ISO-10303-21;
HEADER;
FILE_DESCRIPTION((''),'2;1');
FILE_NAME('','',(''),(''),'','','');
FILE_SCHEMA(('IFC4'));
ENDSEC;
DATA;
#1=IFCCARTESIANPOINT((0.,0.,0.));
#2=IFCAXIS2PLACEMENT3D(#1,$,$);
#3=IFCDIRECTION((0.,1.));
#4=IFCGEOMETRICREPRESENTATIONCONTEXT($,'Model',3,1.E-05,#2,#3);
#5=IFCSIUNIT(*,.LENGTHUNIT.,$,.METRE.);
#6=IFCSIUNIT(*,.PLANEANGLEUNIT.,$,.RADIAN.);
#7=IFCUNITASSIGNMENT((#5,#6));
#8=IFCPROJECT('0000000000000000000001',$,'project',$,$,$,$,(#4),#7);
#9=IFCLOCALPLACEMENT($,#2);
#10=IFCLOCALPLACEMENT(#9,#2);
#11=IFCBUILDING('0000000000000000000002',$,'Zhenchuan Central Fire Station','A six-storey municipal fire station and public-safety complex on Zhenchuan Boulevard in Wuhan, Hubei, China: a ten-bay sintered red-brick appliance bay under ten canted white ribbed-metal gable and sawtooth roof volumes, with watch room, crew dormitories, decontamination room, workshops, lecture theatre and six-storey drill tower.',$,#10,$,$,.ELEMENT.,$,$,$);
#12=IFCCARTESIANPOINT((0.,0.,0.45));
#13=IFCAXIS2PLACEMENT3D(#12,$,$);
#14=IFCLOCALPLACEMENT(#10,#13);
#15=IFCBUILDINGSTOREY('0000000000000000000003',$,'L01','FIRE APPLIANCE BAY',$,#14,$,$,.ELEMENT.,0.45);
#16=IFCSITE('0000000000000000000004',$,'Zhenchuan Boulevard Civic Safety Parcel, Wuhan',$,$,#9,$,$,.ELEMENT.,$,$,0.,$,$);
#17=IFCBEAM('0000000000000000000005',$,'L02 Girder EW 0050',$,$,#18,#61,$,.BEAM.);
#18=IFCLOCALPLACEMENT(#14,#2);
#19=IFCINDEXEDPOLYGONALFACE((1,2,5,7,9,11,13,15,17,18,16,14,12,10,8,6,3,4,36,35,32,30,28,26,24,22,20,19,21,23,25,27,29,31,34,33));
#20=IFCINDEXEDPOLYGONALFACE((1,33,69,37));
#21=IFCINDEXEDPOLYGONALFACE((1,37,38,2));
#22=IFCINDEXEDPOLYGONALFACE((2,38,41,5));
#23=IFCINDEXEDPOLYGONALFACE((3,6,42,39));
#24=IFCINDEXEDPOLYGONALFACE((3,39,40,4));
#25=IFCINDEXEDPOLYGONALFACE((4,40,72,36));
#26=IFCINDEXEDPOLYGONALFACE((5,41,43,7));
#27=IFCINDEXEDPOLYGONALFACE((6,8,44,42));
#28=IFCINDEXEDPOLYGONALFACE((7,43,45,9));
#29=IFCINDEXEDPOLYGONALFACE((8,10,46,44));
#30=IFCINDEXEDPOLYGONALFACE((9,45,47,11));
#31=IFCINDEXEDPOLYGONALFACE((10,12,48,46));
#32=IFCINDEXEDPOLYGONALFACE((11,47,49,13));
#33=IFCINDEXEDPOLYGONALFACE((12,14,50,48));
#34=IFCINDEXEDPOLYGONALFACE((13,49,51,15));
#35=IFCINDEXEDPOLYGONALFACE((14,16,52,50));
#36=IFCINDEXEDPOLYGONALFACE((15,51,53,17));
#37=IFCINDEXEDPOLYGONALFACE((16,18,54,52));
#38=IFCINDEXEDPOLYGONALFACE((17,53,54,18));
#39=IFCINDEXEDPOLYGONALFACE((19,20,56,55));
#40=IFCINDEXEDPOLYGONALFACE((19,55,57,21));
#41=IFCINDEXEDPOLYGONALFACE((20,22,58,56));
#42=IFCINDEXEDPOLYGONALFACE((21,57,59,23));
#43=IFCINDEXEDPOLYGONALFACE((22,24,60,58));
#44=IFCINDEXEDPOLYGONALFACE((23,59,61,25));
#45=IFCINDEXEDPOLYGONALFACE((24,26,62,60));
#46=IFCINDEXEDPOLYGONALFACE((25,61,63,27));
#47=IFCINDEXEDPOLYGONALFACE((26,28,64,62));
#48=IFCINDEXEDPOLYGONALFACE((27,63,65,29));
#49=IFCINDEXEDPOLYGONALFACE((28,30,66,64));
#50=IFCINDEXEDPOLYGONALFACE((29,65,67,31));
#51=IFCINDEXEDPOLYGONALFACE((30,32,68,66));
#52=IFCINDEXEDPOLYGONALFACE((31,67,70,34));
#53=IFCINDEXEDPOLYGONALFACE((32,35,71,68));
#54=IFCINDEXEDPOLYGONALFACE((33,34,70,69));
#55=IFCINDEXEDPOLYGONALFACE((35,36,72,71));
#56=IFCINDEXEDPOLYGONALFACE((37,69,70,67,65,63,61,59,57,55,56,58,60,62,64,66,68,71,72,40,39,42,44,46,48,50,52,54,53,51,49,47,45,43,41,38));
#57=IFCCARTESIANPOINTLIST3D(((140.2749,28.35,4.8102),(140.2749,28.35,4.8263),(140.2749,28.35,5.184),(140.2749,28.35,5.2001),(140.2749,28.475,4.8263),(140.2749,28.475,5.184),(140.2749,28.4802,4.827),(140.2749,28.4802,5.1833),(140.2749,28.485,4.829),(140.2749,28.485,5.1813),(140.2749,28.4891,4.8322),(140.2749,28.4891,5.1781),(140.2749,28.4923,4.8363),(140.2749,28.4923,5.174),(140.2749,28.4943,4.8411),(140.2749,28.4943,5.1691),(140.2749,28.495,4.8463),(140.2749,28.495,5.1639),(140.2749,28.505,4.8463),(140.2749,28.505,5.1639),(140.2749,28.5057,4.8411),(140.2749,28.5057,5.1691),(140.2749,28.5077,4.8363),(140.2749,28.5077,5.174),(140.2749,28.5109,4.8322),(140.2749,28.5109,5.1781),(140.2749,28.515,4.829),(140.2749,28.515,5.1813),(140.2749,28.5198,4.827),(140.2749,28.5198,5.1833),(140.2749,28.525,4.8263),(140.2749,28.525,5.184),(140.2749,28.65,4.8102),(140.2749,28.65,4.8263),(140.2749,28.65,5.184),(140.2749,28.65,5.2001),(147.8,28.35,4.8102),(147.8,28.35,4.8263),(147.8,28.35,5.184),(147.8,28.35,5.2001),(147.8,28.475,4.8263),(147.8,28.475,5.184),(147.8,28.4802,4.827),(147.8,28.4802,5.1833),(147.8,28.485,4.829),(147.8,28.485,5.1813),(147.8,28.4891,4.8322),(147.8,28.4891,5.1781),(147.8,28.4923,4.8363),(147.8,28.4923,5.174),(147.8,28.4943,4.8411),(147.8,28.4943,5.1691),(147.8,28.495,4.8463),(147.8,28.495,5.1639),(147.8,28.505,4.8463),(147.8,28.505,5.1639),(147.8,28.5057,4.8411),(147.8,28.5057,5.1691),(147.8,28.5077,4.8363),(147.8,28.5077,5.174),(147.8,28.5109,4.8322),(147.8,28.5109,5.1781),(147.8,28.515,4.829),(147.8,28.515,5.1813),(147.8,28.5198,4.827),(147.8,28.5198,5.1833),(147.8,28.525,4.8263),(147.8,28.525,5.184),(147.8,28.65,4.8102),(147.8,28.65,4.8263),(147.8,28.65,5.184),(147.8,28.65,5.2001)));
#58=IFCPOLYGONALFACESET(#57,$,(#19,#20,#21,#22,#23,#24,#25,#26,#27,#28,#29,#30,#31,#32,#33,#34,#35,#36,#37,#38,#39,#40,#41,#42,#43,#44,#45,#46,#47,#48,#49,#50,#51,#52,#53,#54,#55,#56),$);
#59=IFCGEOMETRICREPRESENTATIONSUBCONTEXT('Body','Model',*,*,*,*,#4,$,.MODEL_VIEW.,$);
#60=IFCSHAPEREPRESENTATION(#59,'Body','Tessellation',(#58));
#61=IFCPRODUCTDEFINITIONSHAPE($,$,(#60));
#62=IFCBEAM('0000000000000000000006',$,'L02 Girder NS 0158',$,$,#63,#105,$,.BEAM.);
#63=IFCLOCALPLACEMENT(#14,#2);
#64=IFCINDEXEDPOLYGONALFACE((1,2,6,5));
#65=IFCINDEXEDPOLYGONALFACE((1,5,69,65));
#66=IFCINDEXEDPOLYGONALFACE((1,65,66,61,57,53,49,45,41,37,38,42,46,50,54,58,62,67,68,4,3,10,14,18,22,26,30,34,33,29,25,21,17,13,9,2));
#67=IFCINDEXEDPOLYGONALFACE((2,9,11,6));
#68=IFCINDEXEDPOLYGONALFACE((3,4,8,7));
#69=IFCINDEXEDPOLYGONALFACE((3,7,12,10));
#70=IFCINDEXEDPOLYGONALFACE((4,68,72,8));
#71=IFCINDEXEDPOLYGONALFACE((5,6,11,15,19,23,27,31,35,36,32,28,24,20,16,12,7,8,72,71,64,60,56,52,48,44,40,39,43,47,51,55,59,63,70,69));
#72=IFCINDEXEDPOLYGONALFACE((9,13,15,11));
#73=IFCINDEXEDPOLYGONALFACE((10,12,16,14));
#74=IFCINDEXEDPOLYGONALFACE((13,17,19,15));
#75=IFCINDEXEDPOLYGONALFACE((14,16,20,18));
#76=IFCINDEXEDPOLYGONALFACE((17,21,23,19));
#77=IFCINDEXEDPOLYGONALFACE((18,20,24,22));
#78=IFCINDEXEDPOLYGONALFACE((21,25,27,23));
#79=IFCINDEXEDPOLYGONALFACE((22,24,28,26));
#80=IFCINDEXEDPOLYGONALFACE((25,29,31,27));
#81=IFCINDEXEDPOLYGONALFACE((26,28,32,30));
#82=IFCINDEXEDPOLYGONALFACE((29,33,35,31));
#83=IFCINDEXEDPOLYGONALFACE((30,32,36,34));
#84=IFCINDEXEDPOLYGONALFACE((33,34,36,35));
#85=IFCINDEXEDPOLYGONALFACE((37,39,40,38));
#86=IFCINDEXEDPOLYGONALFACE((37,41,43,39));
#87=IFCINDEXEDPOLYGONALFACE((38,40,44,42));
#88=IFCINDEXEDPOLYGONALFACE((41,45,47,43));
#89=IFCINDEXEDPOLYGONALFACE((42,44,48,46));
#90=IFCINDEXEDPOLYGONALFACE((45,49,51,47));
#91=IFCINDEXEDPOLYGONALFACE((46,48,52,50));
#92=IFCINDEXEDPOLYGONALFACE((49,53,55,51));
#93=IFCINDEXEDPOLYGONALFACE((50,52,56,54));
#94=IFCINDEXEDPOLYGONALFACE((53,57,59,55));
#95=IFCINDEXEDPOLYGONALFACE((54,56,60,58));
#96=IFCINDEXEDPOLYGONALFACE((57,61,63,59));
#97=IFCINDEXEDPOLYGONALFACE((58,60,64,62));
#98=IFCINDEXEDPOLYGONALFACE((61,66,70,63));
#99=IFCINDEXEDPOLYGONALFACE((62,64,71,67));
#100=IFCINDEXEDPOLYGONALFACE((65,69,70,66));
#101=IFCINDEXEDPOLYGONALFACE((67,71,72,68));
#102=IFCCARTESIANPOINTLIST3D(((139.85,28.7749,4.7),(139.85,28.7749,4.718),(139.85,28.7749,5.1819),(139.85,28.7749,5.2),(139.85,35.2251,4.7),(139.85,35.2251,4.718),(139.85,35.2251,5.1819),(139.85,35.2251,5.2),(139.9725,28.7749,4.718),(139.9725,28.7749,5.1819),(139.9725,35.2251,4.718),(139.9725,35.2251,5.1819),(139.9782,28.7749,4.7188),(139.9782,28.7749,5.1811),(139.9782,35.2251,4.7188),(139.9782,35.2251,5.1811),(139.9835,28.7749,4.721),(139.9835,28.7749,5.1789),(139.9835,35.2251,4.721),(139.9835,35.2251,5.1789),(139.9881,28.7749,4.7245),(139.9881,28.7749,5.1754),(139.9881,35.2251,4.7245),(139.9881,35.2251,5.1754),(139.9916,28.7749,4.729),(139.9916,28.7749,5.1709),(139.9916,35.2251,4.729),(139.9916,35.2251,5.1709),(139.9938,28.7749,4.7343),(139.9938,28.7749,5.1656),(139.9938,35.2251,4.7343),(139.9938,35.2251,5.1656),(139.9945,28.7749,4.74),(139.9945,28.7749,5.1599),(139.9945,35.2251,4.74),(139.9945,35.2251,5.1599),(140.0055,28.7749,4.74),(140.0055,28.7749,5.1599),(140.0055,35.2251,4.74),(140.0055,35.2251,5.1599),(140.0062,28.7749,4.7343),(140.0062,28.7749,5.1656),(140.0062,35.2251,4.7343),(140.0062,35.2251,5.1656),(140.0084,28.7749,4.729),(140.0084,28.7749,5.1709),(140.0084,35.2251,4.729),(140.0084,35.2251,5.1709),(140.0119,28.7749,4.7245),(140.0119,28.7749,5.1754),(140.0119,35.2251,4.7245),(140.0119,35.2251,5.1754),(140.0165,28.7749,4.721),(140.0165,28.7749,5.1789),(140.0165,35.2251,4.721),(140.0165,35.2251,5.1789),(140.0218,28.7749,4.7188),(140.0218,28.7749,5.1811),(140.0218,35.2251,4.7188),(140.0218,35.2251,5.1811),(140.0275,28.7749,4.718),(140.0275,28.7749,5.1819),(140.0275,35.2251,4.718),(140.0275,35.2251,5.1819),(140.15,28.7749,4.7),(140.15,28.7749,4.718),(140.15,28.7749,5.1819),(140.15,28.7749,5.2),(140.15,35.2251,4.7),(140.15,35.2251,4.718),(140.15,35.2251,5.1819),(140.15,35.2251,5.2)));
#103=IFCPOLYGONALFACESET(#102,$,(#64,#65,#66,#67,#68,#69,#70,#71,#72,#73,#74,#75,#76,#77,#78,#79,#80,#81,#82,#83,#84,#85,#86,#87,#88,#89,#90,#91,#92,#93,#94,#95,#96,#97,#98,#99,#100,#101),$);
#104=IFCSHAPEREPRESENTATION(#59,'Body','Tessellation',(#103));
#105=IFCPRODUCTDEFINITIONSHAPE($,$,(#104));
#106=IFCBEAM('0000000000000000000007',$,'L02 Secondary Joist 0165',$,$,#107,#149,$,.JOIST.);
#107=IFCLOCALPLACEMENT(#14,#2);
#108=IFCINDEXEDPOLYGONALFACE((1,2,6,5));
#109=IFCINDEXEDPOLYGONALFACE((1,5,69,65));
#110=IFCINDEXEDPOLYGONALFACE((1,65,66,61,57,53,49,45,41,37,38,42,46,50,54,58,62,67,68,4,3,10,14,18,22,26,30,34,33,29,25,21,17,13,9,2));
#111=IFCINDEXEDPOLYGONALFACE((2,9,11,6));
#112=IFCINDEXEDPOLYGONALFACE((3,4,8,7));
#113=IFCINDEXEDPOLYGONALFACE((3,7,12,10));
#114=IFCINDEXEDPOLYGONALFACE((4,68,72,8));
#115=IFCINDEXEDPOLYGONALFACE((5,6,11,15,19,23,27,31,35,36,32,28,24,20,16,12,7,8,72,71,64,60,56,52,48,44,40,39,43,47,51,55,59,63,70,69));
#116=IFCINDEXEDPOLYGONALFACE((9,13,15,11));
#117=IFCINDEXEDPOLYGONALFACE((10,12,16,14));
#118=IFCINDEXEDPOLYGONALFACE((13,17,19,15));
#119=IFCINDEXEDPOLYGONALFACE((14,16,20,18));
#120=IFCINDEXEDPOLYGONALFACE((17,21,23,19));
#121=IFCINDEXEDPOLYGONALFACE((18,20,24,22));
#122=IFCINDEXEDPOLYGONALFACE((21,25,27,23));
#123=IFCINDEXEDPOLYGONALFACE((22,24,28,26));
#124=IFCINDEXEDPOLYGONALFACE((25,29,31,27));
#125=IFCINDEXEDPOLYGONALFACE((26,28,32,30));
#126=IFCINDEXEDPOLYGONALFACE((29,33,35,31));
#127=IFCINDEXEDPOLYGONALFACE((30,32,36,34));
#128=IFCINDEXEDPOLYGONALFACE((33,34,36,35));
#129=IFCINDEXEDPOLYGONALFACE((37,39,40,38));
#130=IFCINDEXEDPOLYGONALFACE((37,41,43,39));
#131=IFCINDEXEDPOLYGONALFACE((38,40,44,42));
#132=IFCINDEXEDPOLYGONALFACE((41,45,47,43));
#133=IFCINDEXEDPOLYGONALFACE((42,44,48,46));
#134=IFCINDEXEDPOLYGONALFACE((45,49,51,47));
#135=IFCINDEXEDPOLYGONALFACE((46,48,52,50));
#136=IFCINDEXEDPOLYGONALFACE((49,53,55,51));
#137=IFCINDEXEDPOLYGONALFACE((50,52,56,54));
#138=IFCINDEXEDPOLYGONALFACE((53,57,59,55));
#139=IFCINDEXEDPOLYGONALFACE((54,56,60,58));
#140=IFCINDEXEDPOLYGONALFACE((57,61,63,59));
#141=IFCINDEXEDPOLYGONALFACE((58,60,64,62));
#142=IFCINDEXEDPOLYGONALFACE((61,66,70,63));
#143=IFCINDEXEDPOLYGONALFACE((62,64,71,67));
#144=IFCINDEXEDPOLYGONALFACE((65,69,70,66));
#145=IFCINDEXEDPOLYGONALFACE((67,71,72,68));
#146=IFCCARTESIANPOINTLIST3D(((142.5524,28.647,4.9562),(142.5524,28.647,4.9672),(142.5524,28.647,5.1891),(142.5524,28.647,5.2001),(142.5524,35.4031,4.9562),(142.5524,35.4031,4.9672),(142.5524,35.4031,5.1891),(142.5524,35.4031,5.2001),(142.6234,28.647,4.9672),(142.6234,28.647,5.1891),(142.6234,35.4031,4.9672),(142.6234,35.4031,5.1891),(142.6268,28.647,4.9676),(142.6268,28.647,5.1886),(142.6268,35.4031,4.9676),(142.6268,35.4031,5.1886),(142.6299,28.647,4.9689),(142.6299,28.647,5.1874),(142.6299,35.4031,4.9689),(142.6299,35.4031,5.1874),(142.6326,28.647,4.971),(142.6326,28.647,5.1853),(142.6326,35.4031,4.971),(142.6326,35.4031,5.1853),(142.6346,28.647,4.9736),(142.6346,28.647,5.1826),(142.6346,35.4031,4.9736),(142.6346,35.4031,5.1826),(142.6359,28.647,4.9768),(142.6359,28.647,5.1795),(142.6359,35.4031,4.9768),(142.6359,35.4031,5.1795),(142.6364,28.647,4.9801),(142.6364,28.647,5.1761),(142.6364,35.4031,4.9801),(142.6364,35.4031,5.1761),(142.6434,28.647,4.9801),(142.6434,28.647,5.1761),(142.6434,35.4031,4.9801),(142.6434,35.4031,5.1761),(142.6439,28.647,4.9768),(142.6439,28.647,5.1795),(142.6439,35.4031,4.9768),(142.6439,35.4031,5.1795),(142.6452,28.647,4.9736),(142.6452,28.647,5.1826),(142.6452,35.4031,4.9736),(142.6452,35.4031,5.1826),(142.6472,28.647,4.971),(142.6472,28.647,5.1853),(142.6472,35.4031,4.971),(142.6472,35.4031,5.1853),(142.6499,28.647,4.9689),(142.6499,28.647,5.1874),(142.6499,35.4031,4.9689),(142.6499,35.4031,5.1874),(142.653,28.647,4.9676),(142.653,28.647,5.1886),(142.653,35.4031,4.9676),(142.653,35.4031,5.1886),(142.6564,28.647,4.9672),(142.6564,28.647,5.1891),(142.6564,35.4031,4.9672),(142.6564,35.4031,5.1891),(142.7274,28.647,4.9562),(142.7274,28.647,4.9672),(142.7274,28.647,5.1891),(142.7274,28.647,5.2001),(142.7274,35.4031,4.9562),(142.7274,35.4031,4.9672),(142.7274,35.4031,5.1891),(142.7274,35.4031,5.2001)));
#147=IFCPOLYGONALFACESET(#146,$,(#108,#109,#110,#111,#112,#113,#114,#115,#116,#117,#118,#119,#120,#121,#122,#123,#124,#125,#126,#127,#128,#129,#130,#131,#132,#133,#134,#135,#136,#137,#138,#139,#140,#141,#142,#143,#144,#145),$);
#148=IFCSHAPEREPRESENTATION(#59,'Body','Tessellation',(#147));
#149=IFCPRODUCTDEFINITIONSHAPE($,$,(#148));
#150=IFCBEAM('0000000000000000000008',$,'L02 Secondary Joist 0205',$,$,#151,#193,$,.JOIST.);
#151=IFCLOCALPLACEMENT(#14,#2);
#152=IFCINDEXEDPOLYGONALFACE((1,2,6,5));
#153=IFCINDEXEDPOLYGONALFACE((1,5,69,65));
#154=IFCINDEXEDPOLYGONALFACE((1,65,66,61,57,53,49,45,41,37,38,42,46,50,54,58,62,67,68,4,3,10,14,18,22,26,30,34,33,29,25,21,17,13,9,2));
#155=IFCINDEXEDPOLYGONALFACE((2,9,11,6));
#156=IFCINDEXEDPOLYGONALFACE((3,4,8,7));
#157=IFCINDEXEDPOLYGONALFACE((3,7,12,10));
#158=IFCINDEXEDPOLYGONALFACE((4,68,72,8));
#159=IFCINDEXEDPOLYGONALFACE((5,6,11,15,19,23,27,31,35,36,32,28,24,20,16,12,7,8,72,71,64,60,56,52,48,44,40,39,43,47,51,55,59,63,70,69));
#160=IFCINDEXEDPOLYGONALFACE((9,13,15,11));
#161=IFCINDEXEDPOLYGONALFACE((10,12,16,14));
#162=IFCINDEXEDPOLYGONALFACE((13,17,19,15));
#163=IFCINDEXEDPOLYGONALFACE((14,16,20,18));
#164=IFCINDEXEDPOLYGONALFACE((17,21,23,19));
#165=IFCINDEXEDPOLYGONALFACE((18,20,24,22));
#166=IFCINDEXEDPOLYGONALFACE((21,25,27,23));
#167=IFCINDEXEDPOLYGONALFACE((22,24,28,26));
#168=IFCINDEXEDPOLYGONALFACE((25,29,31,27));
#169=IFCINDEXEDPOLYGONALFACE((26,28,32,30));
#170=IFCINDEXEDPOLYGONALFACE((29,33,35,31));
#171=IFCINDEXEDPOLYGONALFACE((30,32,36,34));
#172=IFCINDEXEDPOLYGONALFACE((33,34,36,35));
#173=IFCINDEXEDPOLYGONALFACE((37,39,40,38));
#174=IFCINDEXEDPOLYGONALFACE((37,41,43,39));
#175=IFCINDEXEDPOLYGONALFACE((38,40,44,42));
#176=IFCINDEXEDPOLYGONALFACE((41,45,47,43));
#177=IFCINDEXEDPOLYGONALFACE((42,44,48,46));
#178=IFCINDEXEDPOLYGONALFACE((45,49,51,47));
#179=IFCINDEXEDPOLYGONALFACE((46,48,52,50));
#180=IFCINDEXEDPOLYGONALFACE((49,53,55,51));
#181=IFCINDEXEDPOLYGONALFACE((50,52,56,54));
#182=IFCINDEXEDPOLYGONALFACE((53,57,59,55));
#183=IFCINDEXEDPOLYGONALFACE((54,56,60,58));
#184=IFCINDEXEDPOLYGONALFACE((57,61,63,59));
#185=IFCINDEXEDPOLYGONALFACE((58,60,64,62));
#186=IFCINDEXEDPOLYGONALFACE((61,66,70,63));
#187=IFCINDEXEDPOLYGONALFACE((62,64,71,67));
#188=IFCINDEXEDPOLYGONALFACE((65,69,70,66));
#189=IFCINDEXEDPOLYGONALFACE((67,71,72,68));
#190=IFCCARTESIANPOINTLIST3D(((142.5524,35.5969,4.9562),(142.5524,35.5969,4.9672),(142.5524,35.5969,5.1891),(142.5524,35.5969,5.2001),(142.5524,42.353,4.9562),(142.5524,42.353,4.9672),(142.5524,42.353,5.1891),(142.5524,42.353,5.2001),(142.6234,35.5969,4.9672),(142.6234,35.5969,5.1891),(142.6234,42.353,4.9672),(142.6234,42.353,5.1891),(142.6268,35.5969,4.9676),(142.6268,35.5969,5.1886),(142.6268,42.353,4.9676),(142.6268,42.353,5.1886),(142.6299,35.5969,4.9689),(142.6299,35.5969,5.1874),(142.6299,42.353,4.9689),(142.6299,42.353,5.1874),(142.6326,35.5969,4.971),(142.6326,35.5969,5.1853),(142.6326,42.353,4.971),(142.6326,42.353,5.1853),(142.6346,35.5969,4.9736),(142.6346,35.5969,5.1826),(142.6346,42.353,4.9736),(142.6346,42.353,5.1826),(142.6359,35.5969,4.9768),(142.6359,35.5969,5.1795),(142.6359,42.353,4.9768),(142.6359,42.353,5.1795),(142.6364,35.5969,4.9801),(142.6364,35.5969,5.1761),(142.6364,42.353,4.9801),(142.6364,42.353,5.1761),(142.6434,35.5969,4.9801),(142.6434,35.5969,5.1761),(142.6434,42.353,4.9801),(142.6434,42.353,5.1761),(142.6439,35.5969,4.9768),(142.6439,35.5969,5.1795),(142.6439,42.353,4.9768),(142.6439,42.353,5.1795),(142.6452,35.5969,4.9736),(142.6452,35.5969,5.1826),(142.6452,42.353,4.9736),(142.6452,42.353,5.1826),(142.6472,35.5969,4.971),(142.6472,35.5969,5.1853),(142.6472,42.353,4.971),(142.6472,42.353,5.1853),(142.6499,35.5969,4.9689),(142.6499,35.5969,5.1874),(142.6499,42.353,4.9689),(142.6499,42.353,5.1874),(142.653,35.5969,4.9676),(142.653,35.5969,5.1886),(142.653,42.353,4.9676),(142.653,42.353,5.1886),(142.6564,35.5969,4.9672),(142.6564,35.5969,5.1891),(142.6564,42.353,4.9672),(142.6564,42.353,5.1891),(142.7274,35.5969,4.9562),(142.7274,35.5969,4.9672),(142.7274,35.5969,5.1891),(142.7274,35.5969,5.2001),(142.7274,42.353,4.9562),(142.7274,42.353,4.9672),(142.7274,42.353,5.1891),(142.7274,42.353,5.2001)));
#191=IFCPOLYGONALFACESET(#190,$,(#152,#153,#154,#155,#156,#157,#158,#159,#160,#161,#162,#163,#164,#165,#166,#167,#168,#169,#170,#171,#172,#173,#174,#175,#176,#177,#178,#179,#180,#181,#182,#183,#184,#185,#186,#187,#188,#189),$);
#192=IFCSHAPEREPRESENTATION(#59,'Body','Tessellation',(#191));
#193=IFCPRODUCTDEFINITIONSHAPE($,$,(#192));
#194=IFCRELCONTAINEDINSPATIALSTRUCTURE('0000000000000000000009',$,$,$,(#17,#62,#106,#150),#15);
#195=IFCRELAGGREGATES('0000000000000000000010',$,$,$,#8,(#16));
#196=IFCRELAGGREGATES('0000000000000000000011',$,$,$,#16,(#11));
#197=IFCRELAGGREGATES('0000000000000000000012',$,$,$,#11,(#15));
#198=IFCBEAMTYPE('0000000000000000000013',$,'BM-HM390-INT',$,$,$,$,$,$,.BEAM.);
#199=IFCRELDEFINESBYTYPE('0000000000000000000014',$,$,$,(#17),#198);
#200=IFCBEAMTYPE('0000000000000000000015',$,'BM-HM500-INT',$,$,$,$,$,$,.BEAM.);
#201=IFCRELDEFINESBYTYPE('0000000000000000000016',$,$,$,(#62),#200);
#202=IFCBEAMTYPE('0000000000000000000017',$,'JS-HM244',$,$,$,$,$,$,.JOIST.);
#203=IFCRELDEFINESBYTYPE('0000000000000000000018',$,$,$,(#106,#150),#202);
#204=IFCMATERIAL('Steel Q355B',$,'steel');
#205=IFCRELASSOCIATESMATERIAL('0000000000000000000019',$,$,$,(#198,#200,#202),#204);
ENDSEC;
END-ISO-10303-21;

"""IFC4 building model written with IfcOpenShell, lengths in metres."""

from ifc_helpers import new_model, si_unit, direction, frame, origin, origin_2d, place, context, subcontext, project, spatial, i_section, extrude, material, material_profile, profile_set, type_object, element, save


model = new_model("IFC4")

# Units and contexts
model_context = context("Model", 3, precision=1e-05, world=origin(), true_north=direction((0.0, 1.0)))
body_context = subcontext(model_context, "Body", "Model", "MODEL_VIEW")
ifc_project = project(units=[si_unit("LENGTHUNIT", "METRE"), si_unit("PLANEANGLEUNIT", "RADIAN")], contexts=[model_context])

# Site, building, storey
site_placement = place(None, origin())
site = spatial("IfcSite", under=ifc_project, at=site_placement, Name="Zhenchuan Boulevard Civic Safety Parcel, Wuhan", CompositionType="ELEMENT", RefElevation=0.0)
building_placement = place(site_placement, origin())
building = spatial("IfcBuilding", under=site, at=building_placement, Name="Zhenchuan Central Fire Station", Description="A six-storey municipal fire station and public-safety complex on Zhenchuan Boulevard in Wuhan, Hubei, China: a ten-bay sintered red-brick appliance bay under ten canted white ribbed-metal gable and sawtooth roof volumes, with watch room, crew dormitories, decontamination room, workshops, lecture theatre and six-storey drill tower.", CompositionType="ELEMENT")
storey_placement = place(building_placement, frame((0.0, 0.0, 0.45)))
storey = spatial("IfcBuildingStorey", under=building, at=storey_placement, Name="L01", Description="FIRE APPLIANCE BAY", CompositionType="ELEMENT", Elevation=0.45)

# Shared definitions
ifc_material_1 = material(Name="Steel Q355B", Category="steel")

# Beams
ifc_material_profile_1 = material_profile(ifc_material_1, i_section(OverallWidth=0.3, OverallDepth=0.3899, WebThickness=0.01, FlangeThickness=0.0161, FilletRadius=0.02, at=origin_2d()), Name="HM 390x300")
ifc_profile_set_1 = profile_set([ifc_material_profile_1], Name="Steel Q355B")
beam_type_1 = type_object("IfcBeamType", Name="BM-HM390-INT", PredefinedType="BEAM", material=ifc_profile_set_1)
beam_1_placement = place(storey_placement, frame((140.2749, 28.5, 5.0051), z_axis=(1.0, 0.0, 0.0), x_axis=(0.0, 1.0, 0.0)))
element("IfcBeam", 1, at=beam_1_placement, inside=storey, type_object=beam_type_1, Name="L02 Girder EW 0050", PredefinedType="BEAM", context=body_context, shape_type="SweptSolid", body=[
    extrude(i_section(OverallWidth=0.3, OverallDepth=0.3899, WebThickness=0.01, FlangeThickness=0.0161, FilletRadius=0.02, at=origin_2d()), origin(), (0.0, 0.0, 1.0), 7.5251),
])
ifc_material_profile_2 = material_profile(ifc_material_1, i_section(OverallWidth=0.3, OverallDepth=0.5, WebThickness=0.011, FlangeThickness=0.0181, FilletRadius=0.022, at=origin_2d()), Name="HM 500x300")
ifc_profile_set_2 = profile_set([ifc_material_profile_2], Name="Steel Q355B")
beam_type_2 = type_object("IfcBeamType", Name="BM-HM500-INT", PredefinedType="BEAM", material=ifc_profile_set_2)
beam_2_placement = place(storey_placement, frame((140.0, 28.7749, 4.95), z_axis=(0.0, 1.0, 0.0), x_axis=(-1.0, 0.0, 0.0)))
element("IfcBeam", 2, at=beam_2_placement, inside=storey, type_object=beam_type_2, Name="L02 Girder NS 0158", PredefinedType="BEAM", context=body_context, shape_type="SweptSolid", body=[
    extrude(i_section(OverallWidth=0.3, OverallDepth=0.5, WebThickness=0.011, FlangeThickness=0.0181, FilletRadius=0.022, at=origin_2d()), origin(), (0.0, 0.0, 1.0), 6.4502),
])
ifc_material_profile_3 = material_profile(ifc_material_1, i_section(OverallWidth=0.175, OverallDepth=0.2439, WebThickness=0.0071, FlangeThickness=0.011, FilletRadius=0.0129, at=origin_2d()), Name="HM 244x175")
ifc_profile_set_3 = profile_set([ifc_material_profile_3], Name="Steel Q355B")
beam_type_3 = type_object("IfcBeamType", Name="JS-HM244", PredefinedType="JOIST", material=ifc_profile_set_3)
for number, where, z_axis, x_axis, name in (
    (3, (142.6399, 28.647, 5.0781), (0.0, 1.0, 0.0), (-1.0, 0.0, 0.0), "L02 Secondary Joist 0165"),
    (4, (142.6399, 35.5969, 5.0781), (0.0, 1.0, 0.0), (-1.0, 0.0, 0.0), "L02 Secondary Joist 0205"),
):
    element("IfcBeam", number, at=place(storey_placement, frame(where, z_axis=z_axis, x_axis=x_axis)), inside=storey, type_object=beam_type_3, Name=name, PredefinedType="JOIST", context=body_context, shape_type="SweptSolid", body=[
        extrude(i_section(OverallWidth=0.175, OverallDepth=0.2439, WebThickness=0.0071, FlangeThickness=0.011, FilletRadius=0.0129, at=origin_2d()), origin(), (0.0, 0.0, 1.0), 6.7561),
    ])

save(model, "model.ifc")
